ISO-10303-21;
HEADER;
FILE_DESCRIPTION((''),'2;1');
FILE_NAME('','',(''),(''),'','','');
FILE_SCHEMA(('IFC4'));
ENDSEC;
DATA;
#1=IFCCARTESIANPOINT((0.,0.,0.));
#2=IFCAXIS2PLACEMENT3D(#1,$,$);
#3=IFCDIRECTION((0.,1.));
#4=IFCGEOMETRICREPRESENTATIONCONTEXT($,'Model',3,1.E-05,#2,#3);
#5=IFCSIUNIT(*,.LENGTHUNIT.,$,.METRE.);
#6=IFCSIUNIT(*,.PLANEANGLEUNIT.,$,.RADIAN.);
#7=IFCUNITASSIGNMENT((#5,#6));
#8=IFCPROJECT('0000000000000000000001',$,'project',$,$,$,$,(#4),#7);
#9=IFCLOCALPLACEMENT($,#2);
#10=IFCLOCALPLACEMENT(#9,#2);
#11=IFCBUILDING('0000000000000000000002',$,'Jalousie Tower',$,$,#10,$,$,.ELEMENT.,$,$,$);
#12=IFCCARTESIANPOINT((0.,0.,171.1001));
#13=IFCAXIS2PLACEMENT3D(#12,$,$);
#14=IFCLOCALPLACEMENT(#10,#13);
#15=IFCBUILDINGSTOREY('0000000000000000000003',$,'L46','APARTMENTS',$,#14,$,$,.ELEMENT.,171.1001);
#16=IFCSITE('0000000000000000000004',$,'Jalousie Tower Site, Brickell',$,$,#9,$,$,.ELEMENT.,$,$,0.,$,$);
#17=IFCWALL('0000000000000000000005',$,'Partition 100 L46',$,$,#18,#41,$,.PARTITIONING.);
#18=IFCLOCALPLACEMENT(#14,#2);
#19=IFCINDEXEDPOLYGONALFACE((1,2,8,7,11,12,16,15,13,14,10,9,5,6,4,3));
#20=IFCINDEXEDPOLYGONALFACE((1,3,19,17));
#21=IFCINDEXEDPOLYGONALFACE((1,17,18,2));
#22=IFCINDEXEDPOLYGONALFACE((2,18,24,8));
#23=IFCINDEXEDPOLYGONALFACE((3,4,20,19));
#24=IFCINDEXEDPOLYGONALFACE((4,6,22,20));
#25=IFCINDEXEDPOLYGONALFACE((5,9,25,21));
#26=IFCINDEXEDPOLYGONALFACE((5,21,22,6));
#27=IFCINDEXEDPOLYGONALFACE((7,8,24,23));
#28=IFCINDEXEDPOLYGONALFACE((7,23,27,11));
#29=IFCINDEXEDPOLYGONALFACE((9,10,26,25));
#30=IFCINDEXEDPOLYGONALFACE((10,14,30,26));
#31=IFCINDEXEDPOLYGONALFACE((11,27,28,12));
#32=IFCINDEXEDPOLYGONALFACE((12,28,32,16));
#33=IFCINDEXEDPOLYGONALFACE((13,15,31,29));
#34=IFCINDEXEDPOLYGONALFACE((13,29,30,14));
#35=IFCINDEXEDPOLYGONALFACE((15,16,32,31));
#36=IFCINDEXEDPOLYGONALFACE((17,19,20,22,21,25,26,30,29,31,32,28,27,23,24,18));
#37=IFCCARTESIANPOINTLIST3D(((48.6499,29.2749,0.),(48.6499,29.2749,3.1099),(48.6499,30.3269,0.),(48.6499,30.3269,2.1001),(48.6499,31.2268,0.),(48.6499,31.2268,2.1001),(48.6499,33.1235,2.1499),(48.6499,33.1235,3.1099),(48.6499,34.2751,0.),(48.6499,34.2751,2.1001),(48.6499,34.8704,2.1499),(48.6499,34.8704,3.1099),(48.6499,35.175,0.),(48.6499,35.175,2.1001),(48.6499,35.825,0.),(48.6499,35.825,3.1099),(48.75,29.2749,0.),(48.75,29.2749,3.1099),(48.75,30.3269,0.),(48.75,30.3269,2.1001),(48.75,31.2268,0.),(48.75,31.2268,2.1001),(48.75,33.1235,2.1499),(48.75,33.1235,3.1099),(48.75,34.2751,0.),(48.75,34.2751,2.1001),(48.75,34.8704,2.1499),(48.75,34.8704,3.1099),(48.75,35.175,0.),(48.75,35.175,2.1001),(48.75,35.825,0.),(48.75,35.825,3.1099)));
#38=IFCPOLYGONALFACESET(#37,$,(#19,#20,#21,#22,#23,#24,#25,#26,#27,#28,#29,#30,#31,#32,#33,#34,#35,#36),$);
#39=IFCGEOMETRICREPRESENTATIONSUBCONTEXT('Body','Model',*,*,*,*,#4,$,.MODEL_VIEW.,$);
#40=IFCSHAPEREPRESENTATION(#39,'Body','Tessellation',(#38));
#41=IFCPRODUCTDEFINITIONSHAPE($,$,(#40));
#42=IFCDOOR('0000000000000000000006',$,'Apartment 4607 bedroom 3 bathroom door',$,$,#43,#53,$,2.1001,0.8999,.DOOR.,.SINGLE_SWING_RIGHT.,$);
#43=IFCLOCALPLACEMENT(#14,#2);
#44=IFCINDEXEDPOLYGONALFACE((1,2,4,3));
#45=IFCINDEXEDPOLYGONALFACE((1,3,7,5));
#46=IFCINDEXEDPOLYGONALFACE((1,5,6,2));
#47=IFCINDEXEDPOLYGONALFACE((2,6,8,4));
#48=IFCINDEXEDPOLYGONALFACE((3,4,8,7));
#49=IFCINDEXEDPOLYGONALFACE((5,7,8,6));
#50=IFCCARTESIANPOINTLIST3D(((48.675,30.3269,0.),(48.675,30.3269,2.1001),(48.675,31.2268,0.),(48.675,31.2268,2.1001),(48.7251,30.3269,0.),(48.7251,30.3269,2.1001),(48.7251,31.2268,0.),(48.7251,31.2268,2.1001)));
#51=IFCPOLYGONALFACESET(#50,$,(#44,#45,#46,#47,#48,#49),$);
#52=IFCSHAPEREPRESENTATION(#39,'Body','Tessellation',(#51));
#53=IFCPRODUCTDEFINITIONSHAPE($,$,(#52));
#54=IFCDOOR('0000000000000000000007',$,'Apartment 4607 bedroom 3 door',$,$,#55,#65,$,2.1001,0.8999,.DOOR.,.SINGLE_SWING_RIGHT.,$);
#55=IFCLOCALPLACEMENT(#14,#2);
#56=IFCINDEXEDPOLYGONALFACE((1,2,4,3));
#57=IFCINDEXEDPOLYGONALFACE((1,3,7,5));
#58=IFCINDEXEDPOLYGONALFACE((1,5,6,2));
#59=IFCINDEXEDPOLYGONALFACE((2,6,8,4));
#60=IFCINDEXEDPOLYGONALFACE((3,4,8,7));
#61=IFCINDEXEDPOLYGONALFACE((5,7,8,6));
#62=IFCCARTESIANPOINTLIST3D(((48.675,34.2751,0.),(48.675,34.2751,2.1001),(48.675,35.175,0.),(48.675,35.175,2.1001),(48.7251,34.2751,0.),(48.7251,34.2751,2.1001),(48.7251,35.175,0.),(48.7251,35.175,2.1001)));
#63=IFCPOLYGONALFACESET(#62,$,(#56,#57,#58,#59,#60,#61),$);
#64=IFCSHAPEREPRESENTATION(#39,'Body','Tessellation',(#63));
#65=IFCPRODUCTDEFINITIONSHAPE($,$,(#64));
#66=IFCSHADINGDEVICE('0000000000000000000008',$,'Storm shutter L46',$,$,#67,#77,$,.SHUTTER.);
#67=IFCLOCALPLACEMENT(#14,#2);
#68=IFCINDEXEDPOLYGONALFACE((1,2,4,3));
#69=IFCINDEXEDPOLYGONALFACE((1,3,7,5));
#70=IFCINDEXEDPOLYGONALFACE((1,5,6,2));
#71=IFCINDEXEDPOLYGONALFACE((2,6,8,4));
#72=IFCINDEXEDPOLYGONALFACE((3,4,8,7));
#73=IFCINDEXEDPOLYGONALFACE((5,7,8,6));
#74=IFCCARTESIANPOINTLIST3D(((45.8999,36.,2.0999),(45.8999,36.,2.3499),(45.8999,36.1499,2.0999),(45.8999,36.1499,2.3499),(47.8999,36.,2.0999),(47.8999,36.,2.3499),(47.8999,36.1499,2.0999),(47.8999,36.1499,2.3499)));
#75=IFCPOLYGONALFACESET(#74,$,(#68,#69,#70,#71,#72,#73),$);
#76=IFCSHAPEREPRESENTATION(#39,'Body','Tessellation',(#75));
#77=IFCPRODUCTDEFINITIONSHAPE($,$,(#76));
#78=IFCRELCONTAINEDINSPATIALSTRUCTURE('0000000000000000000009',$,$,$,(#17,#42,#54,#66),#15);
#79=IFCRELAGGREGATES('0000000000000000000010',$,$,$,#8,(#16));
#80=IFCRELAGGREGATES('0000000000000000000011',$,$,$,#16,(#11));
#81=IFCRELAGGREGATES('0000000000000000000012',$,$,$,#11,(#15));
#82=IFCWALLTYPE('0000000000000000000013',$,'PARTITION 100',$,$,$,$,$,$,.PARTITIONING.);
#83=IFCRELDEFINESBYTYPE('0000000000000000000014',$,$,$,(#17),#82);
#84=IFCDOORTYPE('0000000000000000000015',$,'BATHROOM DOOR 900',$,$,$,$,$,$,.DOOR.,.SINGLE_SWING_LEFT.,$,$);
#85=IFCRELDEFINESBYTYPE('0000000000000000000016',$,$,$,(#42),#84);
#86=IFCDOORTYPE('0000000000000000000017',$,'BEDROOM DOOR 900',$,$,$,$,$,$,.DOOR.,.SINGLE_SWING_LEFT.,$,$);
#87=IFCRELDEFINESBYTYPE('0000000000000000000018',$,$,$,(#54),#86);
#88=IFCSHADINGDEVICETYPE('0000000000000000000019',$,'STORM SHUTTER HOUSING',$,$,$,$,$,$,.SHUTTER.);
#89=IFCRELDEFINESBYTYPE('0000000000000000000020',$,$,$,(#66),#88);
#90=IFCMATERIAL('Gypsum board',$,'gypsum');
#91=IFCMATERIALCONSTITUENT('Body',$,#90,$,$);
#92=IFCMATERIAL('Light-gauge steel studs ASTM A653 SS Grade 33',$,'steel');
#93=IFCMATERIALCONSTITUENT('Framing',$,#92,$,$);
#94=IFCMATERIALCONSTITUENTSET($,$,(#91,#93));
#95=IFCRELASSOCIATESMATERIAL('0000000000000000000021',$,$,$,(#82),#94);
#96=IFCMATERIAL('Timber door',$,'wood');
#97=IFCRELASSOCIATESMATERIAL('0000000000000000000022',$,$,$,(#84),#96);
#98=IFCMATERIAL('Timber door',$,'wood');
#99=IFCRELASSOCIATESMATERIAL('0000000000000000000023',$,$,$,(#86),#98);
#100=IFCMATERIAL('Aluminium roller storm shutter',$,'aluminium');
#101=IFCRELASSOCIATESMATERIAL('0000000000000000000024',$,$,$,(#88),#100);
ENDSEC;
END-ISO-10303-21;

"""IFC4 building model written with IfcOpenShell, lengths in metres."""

from ifc_helpers import new_model, si_unit, direction, frame, frame_2d, origin, origin_2d, place, context, subcontext, project, spatial, polyline, rectangle, outline, extrude, material, constituent, constituent_set, type_object, element, fill, save


model = new_model("IFC4")

# Units and contexts
model_context = context("Model", 3, precision=1e-05, world=origin(), true_north=direction((0.0, 1.0)))
body_context = subcontext(model_context, "Body", "Model", "MODEL_VIEW")
ifc_project = project(units=[si_unit("LENGTHUNIT", "METRE"), si_unit("PLANEANGLEUNIT", "RADIAN")], contexts=[model_context])

# Site, building, storey
site_placement = place(None, origin())
site = spatial("IfcSite", under=ifc_project, at=site_placement, Name="Jalousie Tower Site, Brickell", CompositionType="ELEMENT", RefElevation=0.0)
building_placement = place(site_placement, origin())
building = spatial("IfcBuilding", under=site, at=building_placement, Name="Jalousie Tower", CompositionType="ELEMENT")
storey_placement = place(building_placement, frame((0.0, 0.0, 171.1001)))
storey = spatial("IfcBuildingStorey", under=building, at=storey_placement, Name="L46", Description="APARTMENTS", CompositionType="ELEMENT", Elevation=171.1001)

# Wall, openings, doors
ifc_material_1 = material(Name="Gypsum board", Category="gypsum")
ifc_constituent_1 = constituent(ifc_material_1, Name="Body")
ifc_material_2 = material(Name="Light-gauge steel studs ASTM A653 SS Grade 33", Category="steel")
ifc_constituent_2 = constituent(ifc_material_2, Name="Framing")
ifc_constituent_set_1 = constituent_set(constituents=[ifc_constituent_1, ifc_constituent_2])
wall_type_1 = type_object("IfcWallType", Name="PARTITION 100", PredefinedType="PARTITIONING", material=ifc_constituent_set_1)
wall_1_placement = place(storey_placement, frame((48.7, 35.825, 0.0), z_axis=(0.0, 0.0, 1.0), x_axis=(0.0, -1.0, 0.0)))
wall_1 = element("IfcWall", 1, at=wall_1_placement, inside=storey, type_object=wall_type_1, Name="Partition 100 L46", PredefinedType="PARTITIONING", context=body_context, shape_type="SweptSolid", body=[
    extrude(outline(polyline([(0.0, 0.0), (6.55, 0.0), (6.55, 3.1099), (2.7014, 3.1099), (2.7014, 2.1499), (0.9546, 2.1499), (0.9546, 3.1099), (0.0, 3.1099), (0.0, 0.0)])), frame((0.0, 0.05, 0.0), z_axis=(0.0, -1.0, 0.0), x_axis=(1.0, 0.0, 0.0)), (0.0, 0.0, 1.0), 0.1001),
])
opening_1_placement = place(wall_1_placement, frame((0.6499, 0.0, 0.0)))
opening_1 = element("IfcOpeningElement", 2, at=opening_1_placement, cuts=wall_1, PredefinedType="OPENING", context=body_context, shape_type="SweptSolid", body=[
    extrude(rectangle(XDim=0.8999, YDim=2.1001, at=frame_2d((0.45, 1.05))), frame((0.0, 0.0601, 0.0), z_axis=(0.0, -1.0, 0.0), x_axis=(1.0, 0.0, 0.0)), (0.0, 0.0, 1.0), 0.1201),
])
opening_2_placement = place(wall_1_placement, frame((4.5981, 0.0, 0.0)))
opening_2 = element("IfcOpeningElement", 3, at=opening_2_placement, cuts=wall_1, PredefinedType="OPENING", context=body_context, shape_type="SweptSolid", body=[
    extrude(rectangle(XDim=0.8999, YDim=2.1001, at=frame_2d((0.45, 1.05))), frame((0.0, 0.0601, 0.0), z_axis=(0.0, -1.0, 0.0), x_axis=(1.0, 0.0, 0.0)), (0.0, 0.0, 1.0), 0.1201),
])
ifc_material_3 = material(Name="Timber door", Category="wood")
door_type_1 = type_object("IfcDoorType", Name="BATHROOM DOOR 900", OperationType="SINGLE_SWING_LEFT", PredefinedType="DOOR", material=ifc_material_3)
door_1_placement = place(opening_2_placement, frame((0.8999, 0.0, 0.0), z_axis=(0.0, 0.0, 1.0), x_axis=(-1.0, 0.0, 0.0)))
door_1 = element("IfcDoor", 4, at=door_1_placement, inside=storey, type_object=door_type_1, Name="Apartment 4607 bedroom 3 bathroom door", OperationType="SINGLE_SWING_RIGHT", OverallHeight=2.1001, OverallWidth=0.8999, PredefinedType="DOOR", context=body_context, shape_type="SweptSolid", body=[
    extrude(rectangle(XDim=0.8999, YDim=2.1001, at=frame_2d((0.45, 1.05))), frame((0.0, 0.0249, 0.0), z_axis=(0.0, -1.0, 0.0), x_axis=(1.0, 0.0, 0.0)), (0.0, 0.0, 1.0), 0.05),
])
fill(opening_2, door_1)
ifc_material_4 = material(Name="Timber door", Category="wood")
door_type_2 = type_object("IfcDoorType", Name="BEDROOM DOOR 900", OperationType="SINGLE_SWING_LEFT", PredefinedType="DOOR", material=ifc_material_4)
door_2_placement = place(opening_1_placement, frame((0.8999, 0.0, 0.0), z_axis=(0.0, 0.0, 1.0), x_axis=(-1.0, 0.0, 0.0)))
door_2 = element("IfcDoor", 5, at=door_2_placement, inside=storey, type_object=door_type_2, Name="Apartment 4607 bedroom 3 door", OperationType="SINGLE_SWING_RIGHT", OverallHeight=2.1001, OverallWidth=0.8999, PredefinedType="DOOR", context=body_context, shape_type="SweptSolid", body=[
    extrude(rectangle(XDim=0.8999, YDim=2.1001, at=frame_2d((0.45, 1.05))), frame((0.0, 0.0249, 0.0), z_axis=(0.0, -1.0, 0.0), x_axis=(1.0, 0.0, 0.0)), (0.0, 0.0, 1.0), 0.05),
])
fill(opening_1, door_2)

# Shading device
ifc_material_5 = material(Name="Aluminium roller storm shutter", Category="aluminium")
shading_device_type = type_object("IfcShadingDeviceType", Name="STORM SHUTTER HOUSING", PredefinedType="SHUTTER", material=ifc_material_5)
shading_device_placement = place(storey_placement, frame((46.8999, 36.075, 2.0999), z_axis=(0.0, 0.0, 1.0), x_axis=(-1.0, 0.0, 0.0)))
element("IfcShadingDevice", 6, at=shading_device_placement, inside=storey, type_object=shading_device_type, Name="Storm shutter L46", PredefinedType="SHUTTER", context=body_context, shape_type="SweptSolid", body=[
    extrude(rectangle(XDim=2.0, YDim=0.1499, at=origin_2d()), origin(), (0.0, 0.0, 1.0), 0.25),
])

save(model, "model.ifc")
